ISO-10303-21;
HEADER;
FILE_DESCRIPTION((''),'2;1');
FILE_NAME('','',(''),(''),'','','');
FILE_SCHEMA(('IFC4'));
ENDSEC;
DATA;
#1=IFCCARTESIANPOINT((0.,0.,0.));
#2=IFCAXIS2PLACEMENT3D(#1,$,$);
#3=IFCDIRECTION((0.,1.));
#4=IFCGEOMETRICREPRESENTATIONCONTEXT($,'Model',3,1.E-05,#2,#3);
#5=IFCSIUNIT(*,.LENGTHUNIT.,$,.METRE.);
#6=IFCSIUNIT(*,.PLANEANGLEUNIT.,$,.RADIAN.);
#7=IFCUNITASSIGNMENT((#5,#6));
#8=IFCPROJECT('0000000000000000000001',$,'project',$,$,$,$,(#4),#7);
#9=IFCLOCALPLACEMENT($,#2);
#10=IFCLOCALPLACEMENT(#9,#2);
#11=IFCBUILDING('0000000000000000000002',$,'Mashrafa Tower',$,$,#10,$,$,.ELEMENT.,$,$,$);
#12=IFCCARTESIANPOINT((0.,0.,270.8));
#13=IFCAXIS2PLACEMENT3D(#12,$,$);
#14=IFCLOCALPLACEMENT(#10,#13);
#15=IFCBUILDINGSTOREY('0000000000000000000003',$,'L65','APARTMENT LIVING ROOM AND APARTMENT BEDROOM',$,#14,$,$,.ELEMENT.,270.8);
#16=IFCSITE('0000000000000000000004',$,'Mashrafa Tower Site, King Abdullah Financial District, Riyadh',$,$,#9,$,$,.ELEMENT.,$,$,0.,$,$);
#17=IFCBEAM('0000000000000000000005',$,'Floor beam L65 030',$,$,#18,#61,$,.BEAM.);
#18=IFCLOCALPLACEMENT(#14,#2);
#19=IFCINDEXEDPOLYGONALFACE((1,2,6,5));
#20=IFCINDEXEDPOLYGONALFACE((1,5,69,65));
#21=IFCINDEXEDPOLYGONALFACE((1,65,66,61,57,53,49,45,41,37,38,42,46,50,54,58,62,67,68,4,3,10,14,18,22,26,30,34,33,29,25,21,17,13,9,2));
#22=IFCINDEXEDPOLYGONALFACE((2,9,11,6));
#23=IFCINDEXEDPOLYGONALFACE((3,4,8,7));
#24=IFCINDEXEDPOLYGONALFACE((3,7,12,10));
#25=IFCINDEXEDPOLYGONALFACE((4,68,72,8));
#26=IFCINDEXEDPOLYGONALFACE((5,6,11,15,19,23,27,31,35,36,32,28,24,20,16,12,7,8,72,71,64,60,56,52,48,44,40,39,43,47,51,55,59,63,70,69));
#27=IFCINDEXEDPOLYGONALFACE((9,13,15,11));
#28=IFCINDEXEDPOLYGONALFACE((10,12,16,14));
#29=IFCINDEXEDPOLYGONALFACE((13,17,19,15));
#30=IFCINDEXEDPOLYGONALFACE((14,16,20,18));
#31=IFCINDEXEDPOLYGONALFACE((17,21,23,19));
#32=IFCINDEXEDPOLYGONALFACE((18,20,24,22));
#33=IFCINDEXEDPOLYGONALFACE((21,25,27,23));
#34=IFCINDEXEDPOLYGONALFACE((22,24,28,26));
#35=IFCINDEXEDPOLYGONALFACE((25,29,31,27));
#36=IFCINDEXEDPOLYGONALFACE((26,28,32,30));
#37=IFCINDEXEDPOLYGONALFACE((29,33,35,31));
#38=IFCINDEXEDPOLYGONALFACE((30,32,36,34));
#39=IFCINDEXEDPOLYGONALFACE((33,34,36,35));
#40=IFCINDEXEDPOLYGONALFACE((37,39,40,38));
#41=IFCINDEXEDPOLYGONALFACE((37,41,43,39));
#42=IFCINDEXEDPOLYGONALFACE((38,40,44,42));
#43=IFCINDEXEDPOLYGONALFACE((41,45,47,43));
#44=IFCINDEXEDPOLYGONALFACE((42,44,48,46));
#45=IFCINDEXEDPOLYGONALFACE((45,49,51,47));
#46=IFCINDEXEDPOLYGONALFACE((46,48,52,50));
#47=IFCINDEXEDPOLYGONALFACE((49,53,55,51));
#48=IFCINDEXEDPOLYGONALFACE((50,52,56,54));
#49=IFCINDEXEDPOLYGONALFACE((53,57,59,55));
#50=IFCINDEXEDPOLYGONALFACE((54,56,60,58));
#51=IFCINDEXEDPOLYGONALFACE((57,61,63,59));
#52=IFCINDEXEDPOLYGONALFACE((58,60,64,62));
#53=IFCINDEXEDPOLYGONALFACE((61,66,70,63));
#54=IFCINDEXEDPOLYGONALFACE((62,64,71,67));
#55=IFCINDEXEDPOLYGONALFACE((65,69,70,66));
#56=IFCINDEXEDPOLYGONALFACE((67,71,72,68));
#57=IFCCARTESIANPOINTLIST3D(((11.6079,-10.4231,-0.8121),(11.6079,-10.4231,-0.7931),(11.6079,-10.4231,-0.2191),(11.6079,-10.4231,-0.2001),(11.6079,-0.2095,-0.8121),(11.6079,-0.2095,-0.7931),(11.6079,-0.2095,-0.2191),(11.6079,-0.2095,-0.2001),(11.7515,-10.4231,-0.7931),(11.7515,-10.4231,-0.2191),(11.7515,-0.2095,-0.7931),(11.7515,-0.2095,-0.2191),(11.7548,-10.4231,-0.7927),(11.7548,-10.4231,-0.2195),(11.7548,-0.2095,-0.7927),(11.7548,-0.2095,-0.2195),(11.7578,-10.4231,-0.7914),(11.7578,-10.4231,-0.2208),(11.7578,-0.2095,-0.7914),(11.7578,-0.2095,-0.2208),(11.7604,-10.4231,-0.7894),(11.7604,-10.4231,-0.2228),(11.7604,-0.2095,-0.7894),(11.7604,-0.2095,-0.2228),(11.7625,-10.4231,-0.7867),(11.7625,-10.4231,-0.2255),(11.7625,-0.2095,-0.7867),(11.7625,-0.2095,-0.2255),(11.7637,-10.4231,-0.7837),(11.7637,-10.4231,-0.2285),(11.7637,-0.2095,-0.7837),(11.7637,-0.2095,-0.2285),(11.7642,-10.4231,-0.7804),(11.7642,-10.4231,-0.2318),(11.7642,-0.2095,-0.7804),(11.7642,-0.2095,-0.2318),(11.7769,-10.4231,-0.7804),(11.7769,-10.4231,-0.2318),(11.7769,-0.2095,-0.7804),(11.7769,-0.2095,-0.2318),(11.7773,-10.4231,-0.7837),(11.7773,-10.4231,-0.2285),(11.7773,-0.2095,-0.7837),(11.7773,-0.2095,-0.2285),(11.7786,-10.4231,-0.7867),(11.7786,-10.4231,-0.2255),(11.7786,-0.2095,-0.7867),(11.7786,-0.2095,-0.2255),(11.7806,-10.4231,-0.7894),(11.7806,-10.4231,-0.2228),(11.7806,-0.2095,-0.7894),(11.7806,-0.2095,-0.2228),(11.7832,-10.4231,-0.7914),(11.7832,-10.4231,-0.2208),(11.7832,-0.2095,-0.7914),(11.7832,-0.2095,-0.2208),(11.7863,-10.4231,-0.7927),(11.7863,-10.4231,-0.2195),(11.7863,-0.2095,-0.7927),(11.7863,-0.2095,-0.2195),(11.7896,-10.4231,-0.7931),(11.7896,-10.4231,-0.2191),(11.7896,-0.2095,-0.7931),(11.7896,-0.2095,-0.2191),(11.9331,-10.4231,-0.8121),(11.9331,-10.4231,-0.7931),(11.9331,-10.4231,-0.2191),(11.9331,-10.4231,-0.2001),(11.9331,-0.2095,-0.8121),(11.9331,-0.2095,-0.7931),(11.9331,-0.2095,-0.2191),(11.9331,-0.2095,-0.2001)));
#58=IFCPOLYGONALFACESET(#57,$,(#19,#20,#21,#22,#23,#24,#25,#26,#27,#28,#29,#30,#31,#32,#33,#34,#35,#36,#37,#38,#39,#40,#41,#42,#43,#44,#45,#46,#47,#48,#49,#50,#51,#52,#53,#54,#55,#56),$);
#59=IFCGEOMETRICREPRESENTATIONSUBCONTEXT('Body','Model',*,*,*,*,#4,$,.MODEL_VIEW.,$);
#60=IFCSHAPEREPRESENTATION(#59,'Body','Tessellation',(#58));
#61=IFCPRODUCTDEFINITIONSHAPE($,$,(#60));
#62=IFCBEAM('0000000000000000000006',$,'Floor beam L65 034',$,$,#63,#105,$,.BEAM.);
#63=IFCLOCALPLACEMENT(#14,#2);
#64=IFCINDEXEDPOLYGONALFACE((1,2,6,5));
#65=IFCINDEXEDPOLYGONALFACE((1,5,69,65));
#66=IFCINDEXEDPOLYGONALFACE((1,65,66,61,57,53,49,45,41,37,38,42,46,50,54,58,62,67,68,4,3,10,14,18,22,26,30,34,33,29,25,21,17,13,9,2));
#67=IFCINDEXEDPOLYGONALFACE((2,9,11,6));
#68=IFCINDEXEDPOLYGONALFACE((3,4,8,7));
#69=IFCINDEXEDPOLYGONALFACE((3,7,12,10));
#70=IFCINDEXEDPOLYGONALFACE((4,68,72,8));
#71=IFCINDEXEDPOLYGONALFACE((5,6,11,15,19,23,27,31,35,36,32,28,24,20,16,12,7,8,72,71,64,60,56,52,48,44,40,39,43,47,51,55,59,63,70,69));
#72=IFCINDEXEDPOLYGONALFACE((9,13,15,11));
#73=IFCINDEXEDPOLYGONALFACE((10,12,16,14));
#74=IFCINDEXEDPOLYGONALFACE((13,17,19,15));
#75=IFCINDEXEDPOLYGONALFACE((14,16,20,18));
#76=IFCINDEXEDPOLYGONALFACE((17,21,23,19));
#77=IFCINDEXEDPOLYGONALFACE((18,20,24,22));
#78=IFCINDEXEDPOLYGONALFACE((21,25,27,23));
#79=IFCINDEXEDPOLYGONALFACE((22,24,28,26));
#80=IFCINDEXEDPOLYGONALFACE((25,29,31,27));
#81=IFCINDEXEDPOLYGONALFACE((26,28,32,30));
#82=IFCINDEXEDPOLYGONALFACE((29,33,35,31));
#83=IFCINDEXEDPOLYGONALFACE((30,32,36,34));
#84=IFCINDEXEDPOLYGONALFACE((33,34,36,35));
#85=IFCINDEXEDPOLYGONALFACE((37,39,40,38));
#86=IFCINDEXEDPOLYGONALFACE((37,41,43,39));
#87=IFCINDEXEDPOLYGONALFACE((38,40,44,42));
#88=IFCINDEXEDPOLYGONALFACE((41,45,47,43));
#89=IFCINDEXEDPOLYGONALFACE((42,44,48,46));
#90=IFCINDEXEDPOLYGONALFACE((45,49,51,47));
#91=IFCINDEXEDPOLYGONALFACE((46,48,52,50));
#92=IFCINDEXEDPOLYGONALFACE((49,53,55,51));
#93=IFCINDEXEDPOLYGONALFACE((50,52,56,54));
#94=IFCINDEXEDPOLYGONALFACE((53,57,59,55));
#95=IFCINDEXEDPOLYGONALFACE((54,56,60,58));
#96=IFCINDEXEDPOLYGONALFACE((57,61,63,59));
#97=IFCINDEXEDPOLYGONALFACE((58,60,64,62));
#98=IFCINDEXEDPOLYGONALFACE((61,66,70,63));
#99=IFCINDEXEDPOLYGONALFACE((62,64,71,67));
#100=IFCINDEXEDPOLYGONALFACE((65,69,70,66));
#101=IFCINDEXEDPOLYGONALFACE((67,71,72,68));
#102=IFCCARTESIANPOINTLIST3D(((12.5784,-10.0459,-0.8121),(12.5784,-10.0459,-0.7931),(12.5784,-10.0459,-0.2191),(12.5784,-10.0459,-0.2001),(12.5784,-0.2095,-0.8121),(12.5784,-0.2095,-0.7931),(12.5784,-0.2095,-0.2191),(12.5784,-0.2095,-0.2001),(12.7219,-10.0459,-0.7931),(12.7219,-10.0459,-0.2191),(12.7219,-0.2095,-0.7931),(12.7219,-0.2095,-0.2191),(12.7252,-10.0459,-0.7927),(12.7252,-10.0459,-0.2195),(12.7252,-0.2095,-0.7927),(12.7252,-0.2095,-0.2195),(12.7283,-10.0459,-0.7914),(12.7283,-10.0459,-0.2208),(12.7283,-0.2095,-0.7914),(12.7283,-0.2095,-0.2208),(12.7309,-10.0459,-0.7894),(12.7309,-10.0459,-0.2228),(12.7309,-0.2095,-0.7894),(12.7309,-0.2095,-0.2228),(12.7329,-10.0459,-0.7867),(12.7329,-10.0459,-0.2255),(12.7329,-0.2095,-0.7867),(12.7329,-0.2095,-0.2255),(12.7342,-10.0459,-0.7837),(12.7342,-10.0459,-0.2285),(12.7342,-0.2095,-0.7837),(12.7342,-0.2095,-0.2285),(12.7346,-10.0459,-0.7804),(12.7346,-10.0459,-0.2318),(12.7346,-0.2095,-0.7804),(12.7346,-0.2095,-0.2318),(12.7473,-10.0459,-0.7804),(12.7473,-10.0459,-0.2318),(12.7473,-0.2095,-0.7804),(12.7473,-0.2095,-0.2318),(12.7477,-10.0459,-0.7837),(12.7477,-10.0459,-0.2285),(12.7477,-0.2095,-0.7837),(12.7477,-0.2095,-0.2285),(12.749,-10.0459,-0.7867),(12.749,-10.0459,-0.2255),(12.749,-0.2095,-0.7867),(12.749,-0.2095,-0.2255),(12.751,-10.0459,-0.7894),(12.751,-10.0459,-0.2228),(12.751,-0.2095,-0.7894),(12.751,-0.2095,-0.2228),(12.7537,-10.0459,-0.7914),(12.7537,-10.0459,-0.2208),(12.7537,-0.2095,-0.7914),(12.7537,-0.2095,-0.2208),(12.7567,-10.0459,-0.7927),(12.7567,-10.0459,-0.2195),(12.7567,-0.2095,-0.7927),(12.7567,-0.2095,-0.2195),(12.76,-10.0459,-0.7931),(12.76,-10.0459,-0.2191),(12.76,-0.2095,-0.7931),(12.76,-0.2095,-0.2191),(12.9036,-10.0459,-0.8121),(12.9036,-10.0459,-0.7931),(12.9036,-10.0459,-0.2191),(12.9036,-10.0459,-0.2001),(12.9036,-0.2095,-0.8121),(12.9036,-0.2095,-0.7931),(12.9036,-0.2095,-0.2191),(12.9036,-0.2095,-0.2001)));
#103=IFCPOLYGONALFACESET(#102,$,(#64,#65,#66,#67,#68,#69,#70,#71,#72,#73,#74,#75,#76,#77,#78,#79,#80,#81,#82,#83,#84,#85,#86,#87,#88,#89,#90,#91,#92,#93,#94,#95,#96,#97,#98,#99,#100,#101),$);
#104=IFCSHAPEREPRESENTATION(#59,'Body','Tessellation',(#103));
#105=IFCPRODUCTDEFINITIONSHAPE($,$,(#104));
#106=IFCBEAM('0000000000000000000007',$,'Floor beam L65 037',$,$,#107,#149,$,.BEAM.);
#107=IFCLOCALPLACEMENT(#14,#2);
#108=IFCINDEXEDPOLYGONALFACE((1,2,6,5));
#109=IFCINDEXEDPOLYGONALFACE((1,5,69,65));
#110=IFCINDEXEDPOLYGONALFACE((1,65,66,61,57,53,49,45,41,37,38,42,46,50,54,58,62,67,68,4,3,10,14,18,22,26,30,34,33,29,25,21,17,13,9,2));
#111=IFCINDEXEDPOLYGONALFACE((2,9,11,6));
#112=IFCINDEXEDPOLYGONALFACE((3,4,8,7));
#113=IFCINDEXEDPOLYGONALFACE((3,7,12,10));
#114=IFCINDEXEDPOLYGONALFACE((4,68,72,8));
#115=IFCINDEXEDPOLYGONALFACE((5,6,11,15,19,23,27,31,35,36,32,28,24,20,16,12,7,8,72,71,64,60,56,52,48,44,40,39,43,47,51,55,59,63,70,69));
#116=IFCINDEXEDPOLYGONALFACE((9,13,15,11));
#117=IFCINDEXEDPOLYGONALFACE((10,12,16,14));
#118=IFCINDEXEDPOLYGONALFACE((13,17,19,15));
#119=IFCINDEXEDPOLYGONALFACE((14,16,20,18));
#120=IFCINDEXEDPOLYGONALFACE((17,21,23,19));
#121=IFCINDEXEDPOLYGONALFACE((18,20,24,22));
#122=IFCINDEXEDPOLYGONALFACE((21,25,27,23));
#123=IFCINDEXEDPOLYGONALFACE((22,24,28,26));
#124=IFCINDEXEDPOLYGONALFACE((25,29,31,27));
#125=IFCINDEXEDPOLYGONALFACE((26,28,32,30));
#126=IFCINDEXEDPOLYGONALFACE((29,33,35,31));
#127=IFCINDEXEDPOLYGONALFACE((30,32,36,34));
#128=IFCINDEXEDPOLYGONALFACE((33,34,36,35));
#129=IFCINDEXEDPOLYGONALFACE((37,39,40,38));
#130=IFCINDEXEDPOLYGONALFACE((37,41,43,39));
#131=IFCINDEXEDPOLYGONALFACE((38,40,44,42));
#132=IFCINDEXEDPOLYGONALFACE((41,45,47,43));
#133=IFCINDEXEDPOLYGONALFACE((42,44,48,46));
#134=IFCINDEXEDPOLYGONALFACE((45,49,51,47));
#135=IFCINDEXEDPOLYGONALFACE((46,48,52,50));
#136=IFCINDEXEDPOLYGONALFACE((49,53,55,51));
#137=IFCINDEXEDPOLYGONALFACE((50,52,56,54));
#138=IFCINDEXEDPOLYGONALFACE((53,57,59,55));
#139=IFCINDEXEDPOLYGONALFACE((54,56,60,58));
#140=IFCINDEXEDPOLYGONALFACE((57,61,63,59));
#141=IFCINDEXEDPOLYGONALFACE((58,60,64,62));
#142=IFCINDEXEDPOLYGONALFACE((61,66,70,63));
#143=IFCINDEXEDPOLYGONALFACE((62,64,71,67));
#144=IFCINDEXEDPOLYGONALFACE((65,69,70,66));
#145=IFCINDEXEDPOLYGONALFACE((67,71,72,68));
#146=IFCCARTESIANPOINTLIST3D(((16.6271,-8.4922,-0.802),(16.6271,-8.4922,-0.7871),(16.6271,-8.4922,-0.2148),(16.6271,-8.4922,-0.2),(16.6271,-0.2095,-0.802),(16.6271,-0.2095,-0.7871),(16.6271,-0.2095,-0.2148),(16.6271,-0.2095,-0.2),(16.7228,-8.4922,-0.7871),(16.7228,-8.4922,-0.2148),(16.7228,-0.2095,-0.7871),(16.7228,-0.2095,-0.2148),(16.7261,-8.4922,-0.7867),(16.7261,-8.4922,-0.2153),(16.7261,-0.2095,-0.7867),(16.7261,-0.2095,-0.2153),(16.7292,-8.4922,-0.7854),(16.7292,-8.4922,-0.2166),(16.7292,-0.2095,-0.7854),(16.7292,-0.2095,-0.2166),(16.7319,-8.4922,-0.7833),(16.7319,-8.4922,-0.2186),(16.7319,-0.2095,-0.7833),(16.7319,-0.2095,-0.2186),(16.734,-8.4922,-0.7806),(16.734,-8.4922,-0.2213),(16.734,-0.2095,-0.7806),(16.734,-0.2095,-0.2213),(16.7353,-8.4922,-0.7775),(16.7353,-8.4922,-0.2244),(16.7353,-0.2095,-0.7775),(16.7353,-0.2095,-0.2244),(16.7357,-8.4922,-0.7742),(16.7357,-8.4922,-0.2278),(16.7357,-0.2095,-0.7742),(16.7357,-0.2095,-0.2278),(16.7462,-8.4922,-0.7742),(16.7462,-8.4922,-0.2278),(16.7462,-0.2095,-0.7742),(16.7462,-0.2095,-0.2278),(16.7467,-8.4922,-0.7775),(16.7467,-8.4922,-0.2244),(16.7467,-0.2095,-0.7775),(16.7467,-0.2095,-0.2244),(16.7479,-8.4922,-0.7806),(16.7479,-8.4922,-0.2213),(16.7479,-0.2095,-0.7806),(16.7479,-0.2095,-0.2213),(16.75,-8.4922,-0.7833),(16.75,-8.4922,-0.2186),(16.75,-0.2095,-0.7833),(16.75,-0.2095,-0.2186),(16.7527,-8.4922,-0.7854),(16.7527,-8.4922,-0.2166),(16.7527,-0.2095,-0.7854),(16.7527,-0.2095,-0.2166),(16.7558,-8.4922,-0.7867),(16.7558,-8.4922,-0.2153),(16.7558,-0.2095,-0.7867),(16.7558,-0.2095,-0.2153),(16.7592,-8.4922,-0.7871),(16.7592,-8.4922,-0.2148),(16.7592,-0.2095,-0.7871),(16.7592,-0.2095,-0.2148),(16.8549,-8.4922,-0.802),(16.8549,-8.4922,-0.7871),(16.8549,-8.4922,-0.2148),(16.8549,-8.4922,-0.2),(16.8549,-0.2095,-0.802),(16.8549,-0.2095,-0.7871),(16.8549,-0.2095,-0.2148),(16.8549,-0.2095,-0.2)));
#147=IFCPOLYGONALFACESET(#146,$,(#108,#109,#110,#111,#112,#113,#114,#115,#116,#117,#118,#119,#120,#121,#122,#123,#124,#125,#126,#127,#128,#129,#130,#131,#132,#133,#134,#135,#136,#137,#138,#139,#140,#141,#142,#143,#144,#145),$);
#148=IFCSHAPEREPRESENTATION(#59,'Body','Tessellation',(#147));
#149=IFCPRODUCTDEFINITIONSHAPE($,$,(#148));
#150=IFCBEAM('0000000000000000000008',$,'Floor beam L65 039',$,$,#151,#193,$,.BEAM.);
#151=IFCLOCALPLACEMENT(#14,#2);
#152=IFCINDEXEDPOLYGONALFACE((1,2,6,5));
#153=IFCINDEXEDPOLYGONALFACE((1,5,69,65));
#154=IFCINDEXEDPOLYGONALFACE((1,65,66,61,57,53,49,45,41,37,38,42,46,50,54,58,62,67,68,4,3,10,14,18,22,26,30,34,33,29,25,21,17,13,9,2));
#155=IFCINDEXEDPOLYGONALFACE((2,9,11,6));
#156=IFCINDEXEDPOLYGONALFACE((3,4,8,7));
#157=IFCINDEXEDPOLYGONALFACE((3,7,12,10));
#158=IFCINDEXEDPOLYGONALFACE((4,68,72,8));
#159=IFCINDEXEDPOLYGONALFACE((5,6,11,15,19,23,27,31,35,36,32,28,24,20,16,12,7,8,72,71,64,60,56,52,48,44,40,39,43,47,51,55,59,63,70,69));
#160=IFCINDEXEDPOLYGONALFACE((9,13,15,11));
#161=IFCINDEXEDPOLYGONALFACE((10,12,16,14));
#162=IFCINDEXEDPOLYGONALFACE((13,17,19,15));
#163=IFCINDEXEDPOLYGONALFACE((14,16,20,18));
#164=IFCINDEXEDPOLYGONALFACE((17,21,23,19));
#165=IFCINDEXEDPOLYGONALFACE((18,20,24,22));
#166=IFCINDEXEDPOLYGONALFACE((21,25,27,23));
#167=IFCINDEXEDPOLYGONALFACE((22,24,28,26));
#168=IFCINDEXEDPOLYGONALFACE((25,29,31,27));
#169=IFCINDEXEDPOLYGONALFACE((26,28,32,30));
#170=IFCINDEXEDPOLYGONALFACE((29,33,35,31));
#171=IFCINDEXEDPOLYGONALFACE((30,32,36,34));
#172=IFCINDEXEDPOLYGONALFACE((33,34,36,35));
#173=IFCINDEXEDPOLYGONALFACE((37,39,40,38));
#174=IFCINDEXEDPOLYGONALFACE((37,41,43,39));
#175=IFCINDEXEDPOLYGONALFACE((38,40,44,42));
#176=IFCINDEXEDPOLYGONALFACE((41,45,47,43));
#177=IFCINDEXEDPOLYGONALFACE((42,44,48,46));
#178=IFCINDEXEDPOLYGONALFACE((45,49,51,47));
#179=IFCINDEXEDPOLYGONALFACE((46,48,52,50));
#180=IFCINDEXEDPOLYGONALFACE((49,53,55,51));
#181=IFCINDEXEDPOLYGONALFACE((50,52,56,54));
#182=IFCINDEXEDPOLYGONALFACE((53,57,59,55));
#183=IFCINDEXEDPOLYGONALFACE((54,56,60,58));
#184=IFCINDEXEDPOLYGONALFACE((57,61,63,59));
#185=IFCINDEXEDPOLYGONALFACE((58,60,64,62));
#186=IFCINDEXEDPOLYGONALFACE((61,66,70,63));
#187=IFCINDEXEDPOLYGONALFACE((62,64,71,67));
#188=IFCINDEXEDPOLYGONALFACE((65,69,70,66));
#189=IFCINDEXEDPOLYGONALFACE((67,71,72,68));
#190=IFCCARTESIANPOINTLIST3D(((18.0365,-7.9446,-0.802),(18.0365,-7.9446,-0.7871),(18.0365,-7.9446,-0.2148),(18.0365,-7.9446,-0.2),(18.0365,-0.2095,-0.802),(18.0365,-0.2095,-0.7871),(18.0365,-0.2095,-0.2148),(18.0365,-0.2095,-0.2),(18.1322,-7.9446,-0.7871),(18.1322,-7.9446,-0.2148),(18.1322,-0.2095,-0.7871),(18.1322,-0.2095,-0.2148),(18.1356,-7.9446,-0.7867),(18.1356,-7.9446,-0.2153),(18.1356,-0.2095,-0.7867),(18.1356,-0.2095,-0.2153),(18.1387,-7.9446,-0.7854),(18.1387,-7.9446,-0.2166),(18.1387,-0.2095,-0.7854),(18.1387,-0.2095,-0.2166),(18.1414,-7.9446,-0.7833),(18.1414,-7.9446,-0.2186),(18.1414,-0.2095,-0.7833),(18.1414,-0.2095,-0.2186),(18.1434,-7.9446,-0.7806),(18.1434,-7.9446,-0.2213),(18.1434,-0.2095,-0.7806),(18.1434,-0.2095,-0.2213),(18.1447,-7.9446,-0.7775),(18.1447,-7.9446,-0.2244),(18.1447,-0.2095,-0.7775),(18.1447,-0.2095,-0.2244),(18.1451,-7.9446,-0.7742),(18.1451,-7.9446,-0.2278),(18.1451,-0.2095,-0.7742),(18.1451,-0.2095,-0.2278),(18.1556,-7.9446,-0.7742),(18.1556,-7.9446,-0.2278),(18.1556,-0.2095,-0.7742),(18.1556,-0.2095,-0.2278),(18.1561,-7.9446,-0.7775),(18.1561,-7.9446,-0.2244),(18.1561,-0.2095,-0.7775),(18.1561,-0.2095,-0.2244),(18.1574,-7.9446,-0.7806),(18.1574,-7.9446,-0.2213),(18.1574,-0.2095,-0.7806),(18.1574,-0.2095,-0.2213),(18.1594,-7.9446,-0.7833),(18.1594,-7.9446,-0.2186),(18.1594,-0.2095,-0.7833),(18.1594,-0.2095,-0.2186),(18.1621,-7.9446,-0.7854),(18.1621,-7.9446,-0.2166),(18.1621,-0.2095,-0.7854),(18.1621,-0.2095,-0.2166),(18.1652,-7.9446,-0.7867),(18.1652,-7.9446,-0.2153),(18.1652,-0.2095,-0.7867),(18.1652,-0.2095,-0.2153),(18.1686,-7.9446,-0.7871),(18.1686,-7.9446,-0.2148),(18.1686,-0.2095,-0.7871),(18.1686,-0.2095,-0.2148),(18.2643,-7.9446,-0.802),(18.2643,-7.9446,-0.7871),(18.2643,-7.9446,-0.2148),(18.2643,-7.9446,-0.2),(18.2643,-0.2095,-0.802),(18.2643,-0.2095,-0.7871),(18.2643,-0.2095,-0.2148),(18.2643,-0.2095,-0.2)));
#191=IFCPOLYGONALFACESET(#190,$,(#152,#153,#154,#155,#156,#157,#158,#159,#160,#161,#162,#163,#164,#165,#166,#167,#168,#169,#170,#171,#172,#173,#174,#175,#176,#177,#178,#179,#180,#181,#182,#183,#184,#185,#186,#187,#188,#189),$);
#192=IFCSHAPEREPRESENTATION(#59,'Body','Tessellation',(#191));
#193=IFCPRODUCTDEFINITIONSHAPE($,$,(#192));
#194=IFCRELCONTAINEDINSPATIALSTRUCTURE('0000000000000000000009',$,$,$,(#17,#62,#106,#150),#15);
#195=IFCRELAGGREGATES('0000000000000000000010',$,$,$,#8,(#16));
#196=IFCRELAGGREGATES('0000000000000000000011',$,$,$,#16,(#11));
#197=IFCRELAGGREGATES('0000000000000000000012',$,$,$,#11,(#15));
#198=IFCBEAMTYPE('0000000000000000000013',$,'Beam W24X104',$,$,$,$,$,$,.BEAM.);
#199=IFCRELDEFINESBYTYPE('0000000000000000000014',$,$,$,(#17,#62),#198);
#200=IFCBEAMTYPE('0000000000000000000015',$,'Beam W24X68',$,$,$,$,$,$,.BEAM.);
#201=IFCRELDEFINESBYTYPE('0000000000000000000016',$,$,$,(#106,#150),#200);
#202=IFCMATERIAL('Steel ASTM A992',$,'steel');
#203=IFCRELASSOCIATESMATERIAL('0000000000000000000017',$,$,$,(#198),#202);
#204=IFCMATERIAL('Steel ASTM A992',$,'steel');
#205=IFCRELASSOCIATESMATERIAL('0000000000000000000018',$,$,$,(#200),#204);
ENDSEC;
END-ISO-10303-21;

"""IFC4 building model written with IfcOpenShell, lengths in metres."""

from ifc_helpers import new_model, si_unit, direction, frame, origin, origin_2d, place, context, subcontext, project, spatial, i_section, extrude, material, material_profile, profile_set, type_object, element, save


model = new_model("IFC4")

# Units and contexts
model_context = context("Model", 3, precision=1e-05, world=origin(), true_north=direction((0.0, 1.0)))
body_context = subcontext(model_context, "Body", "Model", "MODEL_VIEW")
ifc_project = project(units=[si_unit("LENGTHUNIT", "METRE"), si_unit("PLANEANGLEUNIT", "RADIAN")], contexts=[model_context])

# Site, building, storey
site_placement = place(None, origin())
site = spatial("IfcSite", under=ifc_project, at=site_placement, Name="Mashrafa Tower Site, King Abdullah Financial District, Riyadh", CompositionType="ELEMENT", RefElevation=0.0)
building_placement = place(site_placement, origin())
building = spatial("IfcBuilding", under=site, at=building_placement, Name="Mashrafa Tower", CompositionType="ELEMENT")
storey_placement = place(building_placement, frame((0.0, 0.0, 270.8)))
storey = spatial("IfcBuildingStorey", under=building, at=storey_placement, Name="L65", Description="APARTMENT LIVING ROOM AND APARTMENT BEDROOM", CompositionType="ELEMENT", Elevation=270.8)

# Beams
ifc_material_1 = material(Name="Steel ASTM A992", Category="steel")
ifc_material_profile_1 = material_profile(ifc_material_1, i_section(OverallWidth=0.3252, OverallDepth=0.6121, WebThickness=0.0127, FlangeThickness=0.019, FilletRadius=0.0127, at=origin_2d()), Name="W24X104")
ifc_profile_set_1 = profile_set([ifc_material_profile_1], Name="Steel ASTM A992")
beam_type_1 = type_object("IfcBeamType", Name="Beam W24X104", PredefinedType="BEAM", material=ifc_profile_set_1)
beam_1_placement = place(storey_placement, frame((11.7705, -0.2095, -0.5061), z_axis=(0.0, -1.0, 0.0), x_axis=(1.0, 0.0, 0.0)))
element("IfcBeam", 1, at=beam_1_placement, inside=storey, type_object=beam_type_1, Name="Floor beam L65 030", PredefinedType="BEAM", context=body_context, shape_type="SweptSolid", body=[
    extrude(i_section(OverallWidth=0.3252, OverallDepth=0.6121, WebThickness=0.0127, FlangeThickness=0.019, FilletRadius=0.0127, at=origin_2d()), origin(), (0.0, 0.0, 1.0), 10.2136),
])
beam_2_placement = place(storey_placement, frame((12.741, -0.2095, -0.5061), z_axis=(0.0, -1.0, 0.0), x_axis=(1.0, 0.0, 0.0)))
element("IfcBeam", 2, at=beam_2_placement, inside=storey, type_object=beam_type_1, Name="Floor beam L65 034", PredefinedType="BEAM", context=body_context, shape_type="SweptSolid", body=[
    extrude(i_section(OverallWidth=0.3252, OverallDepth=0.6121, WebThickness=0.0127, FlangeThickness=0.019, FilletRadius=0.0127, at=origin_2d()), origin(), (0.0, 0.0, 1.0), 9.8364),
])
ifc_material_2 = material(Name="Steel ASTM A992", Category="steel")
ifc_material_profile_2 = material_profile(ifc_material_2, i_section(OverallWidth=0.2278, OverallDepth=0.6021, WebThickness=0.0105, FlangeThickness=0.0149, FilletRadius=0.0129, at=origin_2d()), Name="W24X68")
ifc_profile_set_2 = profile_set([ifc_material_profile_2], Name="Steel ASTM A992")
beam_type_2 = type_object("IfcBeamType", Name="Beam W24X68", PredefinedType="BEAM", material=ifc_profile_set_2)
beam_3_placement = place(storey_placement, frame((16.741, -0.2095, -0.501), z_axis=(0.0, -1.0, 0.0), x_axis=(1.0, 0.0, 0.0)))
element("IfcBeam", 3, at=beam_3_placement, inside=storey, type_object=beam_type_2, Name="Floor beam L65 037", PredefinedType="BEAM", context=body_context, shape_type="SweptSolid", body=[
    extrude(i_section(OverallWidth=0.2278, OverallDepth=0.6021, WebThickness=0.0105, FlangeThickness=0.0149, FilletRadius=0.0129, at=origin_2d()), origin(), (0.0, 0.0, 1.0), 8.2827),
])
beam_4_placement = place(storey_placement, frame((18.1504, -0.2095, -0.501), z_axis=(0.0, -1.0, 0.0), x_axis=(1.0, 0.0, 0.0)))
element("IfcBeam", 4, at=beam_4_placement, inside=storey, type_object=beam_type_2, Name="Floor beam L65 039", PredefinedType="BEAM", context=body_context, shape_type="SweptSolid", body=[
    extrude(i_section(OverallWidth=0.2278, OverallDepth=0.6021, WebThickness=0.0105, FlangeThickness=0.0149, FilletRadius=0.0129, at=origin_2d()), origin(), (0.0, 0.0, 1.0), 7.7351),
])

save(model, "model.ifc")
